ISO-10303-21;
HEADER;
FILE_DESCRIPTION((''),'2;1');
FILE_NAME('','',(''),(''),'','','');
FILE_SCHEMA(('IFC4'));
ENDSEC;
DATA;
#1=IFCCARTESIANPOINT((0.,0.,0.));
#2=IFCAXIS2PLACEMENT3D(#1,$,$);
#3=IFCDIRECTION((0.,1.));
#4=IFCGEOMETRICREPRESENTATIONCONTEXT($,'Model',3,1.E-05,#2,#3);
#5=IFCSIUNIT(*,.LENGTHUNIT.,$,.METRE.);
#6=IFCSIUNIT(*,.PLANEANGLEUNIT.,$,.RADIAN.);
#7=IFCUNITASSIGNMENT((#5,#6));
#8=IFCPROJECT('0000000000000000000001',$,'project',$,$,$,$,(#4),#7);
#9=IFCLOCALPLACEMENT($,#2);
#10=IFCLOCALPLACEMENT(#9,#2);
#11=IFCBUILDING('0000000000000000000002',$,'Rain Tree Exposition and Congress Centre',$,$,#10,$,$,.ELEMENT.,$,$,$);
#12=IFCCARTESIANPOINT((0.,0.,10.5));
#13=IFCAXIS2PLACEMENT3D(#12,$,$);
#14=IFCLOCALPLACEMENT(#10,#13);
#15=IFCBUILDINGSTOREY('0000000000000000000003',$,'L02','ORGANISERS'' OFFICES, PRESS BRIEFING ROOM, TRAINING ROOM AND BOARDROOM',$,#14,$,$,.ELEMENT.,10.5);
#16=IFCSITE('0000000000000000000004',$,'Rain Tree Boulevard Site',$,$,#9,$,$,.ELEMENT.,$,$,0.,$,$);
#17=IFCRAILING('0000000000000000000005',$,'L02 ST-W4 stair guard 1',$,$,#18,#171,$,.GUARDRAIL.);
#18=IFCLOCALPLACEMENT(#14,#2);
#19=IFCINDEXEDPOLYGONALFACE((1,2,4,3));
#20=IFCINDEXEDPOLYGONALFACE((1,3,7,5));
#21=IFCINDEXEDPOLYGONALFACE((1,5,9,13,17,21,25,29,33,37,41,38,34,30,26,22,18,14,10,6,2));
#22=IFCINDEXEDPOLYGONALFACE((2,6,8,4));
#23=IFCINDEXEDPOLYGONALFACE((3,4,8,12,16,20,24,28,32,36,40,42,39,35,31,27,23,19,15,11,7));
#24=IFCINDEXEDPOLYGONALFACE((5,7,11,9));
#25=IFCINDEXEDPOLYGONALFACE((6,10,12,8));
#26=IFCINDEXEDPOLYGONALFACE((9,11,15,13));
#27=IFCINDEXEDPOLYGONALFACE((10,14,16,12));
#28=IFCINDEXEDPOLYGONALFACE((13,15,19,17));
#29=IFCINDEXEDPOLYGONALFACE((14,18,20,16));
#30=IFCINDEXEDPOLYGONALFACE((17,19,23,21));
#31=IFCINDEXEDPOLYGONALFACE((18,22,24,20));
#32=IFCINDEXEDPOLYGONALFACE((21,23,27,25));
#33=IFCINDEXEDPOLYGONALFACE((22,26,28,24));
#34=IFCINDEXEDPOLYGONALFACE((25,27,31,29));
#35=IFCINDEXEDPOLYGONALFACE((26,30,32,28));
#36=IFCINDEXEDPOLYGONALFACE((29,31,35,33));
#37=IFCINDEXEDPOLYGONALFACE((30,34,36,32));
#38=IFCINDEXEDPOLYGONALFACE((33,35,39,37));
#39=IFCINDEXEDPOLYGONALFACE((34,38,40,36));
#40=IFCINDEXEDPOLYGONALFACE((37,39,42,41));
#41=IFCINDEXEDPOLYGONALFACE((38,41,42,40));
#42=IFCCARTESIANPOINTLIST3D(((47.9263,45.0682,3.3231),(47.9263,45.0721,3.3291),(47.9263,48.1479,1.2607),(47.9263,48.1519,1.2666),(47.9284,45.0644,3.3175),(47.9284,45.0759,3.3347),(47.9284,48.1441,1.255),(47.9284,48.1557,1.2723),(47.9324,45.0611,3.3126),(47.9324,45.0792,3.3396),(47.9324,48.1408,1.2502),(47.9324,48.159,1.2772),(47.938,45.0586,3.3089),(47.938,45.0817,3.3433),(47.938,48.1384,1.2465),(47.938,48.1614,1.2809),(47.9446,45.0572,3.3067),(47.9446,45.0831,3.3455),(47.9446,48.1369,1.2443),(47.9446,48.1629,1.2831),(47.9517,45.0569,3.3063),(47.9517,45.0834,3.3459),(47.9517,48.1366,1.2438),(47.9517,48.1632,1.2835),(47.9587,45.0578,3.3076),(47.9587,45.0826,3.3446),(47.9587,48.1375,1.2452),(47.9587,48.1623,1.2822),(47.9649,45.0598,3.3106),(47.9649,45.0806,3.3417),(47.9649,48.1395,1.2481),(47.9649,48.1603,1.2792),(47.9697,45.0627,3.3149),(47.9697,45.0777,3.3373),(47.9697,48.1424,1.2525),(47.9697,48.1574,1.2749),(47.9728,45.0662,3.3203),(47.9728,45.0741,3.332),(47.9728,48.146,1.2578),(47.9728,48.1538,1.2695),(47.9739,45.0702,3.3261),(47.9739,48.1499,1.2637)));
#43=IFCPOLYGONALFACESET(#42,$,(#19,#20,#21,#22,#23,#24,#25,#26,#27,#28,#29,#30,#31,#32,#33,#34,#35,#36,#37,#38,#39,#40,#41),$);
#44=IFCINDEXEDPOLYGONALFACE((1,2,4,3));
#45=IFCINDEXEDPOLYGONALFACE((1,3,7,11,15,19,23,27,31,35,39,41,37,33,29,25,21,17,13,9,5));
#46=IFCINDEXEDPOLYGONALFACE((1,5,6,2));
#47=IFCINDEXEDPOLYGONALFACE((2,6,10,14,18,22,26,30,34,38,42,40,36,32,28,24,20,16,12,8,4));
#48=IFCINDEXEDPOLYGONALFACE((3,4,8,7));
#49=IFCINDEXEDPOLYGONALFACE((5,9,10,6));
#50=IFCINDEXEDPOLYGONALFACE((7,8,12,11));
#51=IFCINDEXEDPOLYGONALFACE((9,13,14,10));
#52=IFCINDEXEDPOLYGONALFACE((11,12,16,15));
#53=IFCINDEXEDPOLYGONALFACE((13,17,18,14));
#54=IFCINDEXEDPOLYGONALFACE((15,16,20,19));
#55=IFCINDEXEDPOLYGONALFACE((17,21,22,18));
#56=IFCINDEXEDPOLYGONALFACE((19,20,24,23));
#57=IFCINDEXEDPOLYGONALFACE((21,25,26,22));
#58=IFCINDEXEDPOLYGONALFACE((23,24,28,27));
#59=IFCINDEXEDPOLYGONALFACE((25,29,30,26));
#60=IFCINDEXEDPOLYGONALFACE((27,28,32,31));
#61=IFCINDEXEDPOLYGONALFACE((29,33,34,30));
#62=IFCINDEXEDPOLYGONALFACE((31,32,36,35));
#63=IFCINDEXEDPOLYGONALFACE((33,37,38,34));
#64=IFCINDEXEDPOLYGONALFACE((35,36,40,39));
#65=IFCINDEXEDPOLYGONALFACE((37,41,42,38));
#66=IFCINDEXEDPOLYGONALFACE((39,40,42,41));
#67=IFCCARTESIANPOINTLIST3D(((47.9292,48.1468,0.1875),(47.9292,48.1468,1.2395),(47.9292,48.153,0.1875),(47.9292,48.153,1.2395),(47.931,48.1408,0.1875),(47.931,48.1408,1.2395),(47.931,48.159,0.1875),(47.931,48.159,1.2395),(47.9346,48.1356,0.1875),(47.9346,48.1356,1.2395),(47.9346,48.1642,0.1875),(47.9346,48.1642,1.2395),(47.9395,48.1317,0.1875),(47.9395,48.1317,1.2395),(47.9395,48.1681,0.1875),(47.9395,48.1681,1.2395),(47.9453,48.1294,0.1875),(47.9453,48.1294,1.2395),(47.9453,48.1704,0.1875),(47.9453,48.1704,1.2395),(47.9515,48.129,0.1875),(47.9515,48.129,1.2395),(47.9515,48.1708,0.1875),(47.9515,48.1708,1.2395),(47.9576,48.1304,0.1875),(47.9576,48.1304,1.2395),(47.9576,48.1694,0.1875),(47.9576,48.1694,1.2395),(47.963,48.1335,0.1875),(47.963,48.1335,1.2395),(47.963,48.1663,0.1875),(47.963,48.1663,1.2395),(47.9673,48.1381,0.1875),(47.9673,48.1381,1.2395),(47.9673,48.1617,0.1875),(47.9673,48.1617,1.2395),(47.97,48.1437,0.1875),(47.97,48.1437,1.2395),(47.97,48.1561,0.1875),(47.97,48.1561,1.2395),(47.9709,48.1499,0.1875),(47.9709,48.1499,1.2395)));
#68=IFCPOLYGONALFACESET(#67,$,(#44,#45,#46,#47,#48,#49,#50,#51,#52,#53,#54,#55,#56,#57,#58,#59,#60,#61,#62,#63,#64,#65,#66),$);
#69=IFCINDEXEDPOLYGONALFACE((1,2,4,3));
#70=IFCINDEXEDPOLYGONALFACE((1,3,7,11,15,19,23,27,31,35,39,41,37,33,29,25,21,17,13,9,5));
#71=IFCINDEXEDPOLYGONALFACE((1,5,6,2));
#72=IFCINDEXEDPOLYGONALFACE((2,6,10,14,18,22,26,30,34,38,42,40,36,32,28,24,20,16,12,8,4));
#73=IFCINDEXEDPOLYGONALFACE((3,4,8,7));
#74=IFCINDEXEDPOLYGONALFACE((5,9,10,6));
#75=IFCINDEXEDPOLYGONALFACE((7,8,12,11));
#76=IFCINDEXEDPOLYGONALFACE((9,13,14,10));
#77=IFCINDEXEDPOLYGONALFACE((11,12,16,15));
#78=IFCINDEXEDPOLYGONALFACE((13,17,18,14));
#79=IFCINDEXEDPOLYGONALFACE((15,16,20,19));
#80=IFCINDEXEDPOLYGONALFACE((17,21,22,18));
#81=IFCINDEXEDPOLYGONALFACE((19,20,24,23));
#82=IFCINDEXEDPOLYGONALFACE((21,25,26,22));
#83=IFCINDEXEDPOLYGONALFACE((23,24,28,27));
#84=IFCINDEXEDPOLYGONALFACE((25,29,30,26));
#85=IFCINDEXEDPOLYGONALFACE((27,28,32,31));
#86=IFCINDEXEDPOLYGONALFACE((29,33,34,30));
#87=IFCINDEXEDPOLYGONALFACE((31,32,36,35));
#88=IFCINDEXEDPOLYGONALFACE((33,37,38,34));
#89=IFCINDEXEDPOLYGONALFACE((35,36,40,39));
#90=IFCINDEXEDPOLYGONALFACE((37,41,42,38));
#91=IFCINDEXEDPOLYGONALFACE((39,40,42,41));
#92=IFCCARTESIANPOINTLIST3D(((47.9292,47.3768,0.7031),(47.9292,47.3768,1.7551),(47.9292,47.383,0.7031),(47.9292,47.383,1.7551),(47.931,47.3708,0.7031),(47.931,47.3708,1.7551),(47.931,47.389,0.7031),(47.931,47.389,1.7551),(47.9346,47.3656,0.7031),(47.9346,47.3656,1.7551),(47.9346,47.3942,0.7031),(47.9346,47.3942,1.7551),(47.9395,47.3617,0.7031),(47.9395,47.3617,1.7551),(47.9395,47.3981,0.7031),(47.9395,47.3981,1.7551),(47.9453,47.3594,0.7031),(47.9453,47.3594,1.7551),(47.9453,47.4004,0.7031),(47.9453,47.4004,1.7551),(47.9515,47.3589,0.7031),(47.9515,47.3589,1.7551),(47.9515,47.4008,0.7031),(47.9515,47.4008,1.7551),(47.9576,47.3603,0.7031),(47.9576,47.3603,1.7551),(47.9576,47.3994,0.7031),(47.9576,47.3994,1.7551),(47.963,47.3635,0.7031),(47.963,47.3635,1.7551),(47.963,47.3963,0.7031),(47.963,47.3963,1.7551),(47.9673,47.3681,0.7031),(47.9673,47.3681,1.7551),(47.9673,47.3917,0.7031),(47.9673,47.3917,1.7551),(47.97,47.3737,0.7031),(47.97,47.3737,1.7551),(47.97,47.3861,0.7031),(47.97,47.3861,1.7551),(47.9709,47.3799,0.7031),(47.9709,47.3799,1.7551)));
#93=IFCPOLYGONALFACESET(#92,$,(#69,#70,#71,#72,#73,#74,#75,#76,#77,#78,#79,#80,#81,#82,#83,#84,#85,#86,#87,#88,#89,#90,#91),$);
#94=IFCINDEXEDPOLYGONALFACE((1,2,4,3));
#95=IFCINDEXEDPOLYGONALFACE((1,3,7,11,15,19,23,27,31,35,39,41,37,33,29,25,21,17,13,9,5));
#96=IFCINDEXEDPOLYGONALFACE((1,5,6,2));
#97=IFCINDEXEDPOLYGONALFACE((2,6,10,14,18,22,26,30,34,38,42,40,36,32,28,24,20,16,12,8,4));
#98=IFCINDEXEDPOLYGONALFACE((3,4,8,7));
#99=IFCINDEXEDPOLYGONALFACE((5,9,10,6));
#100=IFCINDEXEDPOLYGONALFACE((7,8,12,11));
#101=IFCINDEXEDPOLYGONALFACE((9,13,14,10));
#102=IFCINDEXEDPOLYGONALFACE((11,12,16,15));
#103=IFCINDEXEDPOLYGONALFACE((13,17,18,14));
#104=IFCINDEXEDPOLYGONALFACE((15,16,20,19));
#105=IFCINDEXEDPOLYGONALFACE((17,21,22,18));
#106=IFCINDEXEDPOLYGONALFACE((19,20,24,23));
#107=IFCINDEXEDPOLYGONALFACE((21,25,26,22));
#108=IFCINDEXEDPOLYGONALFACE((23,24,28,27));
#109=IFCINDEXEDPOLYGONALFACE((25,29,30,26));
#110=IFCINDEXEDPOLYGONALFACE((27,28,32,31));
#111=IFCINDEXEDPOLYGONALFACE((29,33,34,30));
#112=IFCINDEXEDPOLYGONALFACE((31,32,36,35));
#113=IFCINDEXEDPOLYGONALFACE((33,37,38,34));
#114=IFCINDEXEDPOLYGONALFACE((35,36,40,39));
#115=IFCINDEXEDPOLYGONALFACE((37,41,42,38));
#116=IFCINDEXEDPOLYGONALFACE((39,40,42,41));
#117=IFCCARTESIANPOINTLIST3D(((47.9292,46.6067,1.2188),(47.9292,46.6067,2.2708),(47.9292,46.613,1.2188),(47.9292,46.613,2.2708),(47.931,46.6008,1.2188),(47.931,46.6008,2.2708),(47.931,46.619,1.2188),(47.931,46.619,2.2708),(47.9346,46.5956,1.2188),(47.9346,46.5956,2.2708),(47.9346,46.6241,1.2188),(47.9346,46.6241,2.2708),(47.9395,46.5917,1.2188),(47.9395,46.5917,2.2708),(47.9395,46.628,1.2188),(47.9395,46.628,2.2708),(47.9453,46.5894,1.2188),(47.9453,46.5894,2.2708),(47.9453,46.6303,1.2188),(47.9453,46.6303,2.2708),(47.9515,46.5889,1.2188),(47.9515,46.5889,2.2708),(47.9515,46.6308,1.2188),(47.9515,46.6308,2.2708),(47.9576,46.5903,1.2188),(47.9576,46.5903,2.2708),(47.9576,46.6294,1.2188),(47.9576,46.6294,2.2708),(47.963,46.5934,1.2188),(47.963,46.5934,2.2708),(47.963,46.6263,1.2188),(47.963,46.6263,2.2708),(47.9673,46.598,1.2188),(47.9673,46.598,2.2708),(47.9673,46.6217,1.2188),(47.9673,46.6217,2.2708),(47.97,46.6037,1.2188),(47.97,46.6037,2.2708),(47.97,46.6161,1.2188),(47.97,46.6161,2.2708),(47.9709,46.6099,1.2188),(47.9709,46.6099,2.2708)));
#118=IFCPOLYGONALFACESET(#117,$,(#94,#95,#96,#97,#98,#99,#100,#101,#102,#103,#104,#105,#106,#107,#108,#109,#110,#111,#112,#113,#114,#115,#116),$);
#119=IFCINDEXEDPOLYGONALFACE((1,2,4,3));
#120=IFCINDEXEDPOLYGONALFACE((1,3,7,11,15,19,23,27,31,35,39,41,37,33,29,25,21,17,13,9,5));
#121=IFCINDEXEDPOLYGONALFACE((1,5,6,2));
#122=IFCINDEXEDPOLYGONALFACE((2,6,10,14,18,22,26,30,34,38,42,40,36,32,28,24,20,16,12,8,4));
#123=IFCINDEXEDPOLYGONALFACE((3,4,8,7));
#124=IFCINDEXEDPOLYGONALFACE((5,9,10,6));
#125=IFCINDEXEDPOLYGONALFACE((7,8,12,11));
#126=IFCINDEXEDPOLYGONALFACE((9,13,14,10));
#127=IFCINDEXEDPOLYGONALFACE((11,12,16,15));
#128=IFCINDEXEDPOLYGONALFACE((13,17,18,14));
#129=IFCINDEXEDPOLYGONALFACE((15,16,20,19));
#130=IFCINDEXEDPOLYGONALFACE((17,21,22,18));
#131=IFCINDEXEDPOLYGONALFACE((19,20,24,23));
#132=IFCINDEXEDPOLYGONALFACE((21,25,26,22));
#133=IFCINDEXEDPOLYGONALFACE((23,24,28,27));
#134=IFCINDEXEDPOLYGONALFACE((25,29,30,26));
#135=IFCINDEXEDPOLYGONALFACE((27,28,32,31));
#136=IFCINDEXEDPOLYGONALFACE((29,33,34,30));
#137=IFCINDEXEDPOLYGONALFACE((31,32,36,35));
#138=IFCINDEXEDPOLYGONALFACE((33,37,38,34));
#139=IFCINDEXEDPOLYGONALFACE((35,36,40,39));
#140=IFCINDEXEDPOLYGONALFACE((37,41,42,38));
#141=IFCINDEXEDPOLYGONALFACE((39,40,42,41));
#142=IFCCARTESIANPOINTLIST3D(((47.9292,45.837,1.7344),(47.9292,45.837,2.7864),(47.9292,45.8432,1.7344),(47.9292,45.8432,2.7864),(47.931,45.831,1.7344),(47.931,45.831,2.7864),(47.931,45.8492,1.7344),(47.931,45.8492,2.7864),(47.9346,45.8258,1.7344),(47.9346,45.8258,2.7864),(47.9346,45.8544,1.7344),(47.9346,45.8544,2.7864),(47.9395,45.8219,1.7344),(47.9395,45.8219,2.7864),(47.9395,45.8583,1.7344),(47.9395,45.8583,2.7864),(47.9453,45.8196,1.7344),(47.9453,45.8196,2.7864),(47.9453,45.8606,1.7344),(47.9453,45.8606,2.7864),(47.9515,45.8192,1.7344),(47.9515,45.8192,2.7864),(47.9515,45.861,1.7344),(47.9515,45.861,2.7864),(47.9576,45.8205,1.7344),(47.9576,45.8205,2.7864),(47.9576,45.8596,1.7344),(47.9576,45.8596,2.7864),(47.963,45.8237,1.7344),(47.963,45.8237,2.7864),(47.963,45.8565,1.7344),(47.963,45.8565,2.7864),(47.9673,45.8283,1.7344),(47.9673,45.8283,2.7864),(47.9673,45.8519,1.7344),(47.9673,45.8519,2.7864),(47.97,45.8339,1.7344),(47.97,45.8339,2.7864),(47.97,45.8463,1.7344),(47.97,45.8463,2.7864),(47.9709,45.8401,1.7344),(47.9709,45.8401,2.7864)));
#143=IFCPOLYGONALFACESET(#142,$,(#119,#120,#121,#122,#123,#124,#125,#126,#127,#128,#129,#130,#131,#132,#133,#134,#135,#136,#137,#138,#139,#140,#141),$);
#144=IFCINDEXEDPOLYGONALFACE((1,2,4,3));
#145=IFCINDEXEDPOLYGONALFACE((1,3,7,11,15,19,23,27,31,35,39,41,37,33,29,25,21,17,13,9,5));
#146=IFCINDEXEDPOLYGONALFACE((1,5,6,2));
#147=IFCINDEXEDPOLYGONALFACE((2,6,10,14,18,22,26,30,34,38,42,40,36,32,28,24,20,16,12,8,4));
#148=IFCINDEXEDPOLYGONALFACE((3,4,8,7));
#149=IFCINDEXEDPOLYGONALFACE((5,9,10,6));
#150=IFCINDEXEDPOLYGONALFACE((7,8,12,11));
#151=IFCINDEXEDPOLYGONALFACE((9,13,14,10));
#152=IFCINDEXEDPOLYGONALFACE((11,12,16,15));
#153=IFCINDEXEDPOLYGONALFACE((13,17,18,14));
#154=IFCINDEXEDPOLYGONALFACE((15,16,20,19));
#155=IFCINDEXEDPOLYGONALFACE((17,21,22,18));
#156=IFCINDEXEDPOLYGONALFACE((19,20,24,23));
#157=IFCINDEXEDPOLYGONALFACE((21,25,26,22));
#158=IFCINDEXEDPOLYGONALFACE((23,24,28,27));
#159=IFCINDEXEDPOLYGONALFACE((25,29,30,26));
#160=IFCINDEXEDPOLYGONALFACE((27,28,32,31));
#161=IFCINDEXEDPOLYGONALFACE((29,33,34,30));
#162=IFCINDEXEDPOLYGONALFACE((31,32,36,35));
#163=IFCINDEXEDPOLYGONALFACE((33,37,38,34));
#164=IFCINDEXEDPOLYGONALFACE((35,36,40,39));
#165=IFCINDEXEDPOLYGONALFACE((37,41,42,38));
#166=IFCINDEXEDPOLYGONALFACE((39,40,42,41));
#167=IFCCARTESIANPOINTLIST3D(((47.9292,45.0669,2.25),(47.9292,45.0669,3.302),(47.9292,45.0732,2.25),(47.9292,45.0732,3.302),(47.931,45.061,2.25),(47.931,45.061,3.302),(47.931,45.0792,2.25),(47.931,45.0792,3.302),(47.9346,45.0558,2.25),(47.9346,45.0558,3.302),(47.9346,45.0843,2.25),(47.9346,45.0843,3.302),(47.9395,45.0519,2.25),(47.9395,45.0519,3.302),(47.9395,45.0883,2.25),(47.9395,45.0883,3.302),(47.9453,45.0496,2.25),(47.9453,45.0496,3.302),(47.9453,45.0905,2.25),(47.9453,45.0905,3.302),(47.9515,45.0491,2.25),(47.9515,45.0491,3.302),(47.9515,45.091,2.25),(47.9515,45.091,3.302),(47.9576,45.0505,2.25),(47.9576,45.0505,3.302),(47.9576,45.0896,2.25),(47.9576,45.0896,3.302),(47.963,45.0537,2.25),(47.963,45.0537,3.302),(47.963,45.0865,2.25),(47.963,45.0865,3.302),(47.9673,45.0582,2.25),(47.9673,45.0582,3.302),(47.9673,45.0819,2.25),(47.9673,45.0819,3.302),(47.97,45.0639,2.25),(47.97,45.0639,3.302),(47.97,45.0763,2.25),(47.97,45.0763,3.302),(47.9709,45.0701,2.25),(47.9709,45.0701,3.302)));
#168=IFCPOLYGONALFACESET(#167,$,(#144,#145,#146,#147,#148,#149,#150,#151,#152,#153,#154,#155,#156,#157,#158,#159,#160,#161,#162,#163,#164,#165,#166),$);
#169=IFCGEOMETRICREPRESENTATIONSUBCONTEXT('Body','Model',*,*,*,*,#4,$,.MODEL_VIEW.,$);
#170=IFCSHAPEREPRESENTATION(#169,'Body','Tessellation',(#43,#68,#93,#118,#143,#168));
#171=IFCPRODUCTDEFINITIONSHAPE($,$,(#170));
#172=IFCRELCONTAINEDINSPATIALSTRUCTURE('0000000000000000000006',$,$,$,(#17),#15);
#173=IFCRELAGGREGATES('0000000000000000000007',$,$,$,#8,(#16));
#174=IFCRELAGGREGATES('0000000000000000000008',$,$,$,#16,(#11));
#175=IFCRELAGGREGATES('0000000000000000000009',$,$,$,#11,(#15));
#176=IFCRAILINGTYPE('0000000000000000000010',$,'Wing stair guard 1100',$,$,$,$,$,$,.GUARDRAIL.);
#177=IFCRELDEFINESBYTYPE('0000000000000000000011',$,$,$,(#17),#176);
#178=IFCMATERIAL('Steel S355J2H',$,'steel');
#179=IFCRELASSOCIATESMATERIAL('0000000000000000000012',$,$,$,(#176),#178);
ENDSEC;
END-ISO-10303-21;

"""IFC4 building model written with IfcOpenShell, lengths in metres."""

from ifc_helpers import new_model, si_unit, direction, frame, origin, origin_2d, place, context, subcontext, project, spatial, circle, extrude, material, type_object, element, save


model = new_model("IFC4")

# Units and contexts
model_context = context("Model", 3, precision=1e-05, world=origin(), true_north=direction((0.0, 1.0)))
body_context = subcontext(model_context, "Body", "Model", "MODEL_VIEW")
ifc_project = project(units=[si_unit("LENGTHUNIT", "METRE"), si_unit("PLANEANGLEUNIT", "RADIAN")], contexts=[model_context])

# Site, building, storey
site_placement = place(None, origin())
site = spatial("IfcSite", under=ifc_project, at=site_placement, Name="Rain Tree Boulevard Site", CompositionType="ELEMENT", RefElevation=0.0)
building_placement = place(site_placement, origin())
building = spatial("IfcBuilding", under=site, at=building_placement, Name="Rain Tree Exposition and Congress Centre", CompositionType="ELEMENT")
storey_placement = place(building_placement, frame((0.0, 0.0, 10.5)))
storey = spatial("IfcBuildingStorey", under=building, at=storey_placement, Name="L02", Description="ORGANISERS' OFFICES, PRESS BRIEFING ROOM, TRAINING ROOM AND BOARDROOM", CompositionType="ELEMENT", Elevation=10.5)

# Railing
ifc_material_1 = material(Name="Steel S355J2H", Category="steel")
railing_type = type_object("IfcRailingType", Name="Wing stair guard 1100", PredefinedType="GUARDRAIL", material=ifc_material_1)
railing_1_placement = place(storey_placement, frame((47.95, 48.1499, 0.1875)))
element("IfcRailing", 1, at=railing_1_placement, inside=storey, type_object=railing_type, Name="L02 ST-W4 stair guard 1", PredefinedType="GUARDRAIL", context=body_context, shape_type="SweptSolid", body=[
    extrude(circle(Radius=0.0239, at=origin_2d()), frame((0.0, 0.0, 1.0762), z_axis=(0.0, -0.830893, 0.556432), x_axis=(1.0, 0.0, 0.0)), (0.0, 0.0, 1.0), 3.7065),
    extrude(circle(Radius=0.021, at=origin_2d()), origin(), (0.0, 0.0, 1.0), 1.052),
    extrude(circle(Radius=0.021, at=origin_2d()), frame((0.0, -0.77, 0.5156)), (0.0, 0.0, 1.0), 1.052),
    extrude(circle(Radius=0.021, at=origin_2d()), frame((0.0, -1.54, 1.0312)), (0.0, 0.0, 1.0), 1.052),
    extrude(circle(Radius=0.021, at=origin_2d()), frame((0.0, -2.3098, 1.5469)), (0.0, 0.0, 1.0), 1.052),
    extrude(circle(Radius=0.021, at=origin_2d()), frame((0.0, -3.0798, 2.0625)), (0.0, 0.0, 1.0), 1.052),
])

save(model, "model.ifc")
